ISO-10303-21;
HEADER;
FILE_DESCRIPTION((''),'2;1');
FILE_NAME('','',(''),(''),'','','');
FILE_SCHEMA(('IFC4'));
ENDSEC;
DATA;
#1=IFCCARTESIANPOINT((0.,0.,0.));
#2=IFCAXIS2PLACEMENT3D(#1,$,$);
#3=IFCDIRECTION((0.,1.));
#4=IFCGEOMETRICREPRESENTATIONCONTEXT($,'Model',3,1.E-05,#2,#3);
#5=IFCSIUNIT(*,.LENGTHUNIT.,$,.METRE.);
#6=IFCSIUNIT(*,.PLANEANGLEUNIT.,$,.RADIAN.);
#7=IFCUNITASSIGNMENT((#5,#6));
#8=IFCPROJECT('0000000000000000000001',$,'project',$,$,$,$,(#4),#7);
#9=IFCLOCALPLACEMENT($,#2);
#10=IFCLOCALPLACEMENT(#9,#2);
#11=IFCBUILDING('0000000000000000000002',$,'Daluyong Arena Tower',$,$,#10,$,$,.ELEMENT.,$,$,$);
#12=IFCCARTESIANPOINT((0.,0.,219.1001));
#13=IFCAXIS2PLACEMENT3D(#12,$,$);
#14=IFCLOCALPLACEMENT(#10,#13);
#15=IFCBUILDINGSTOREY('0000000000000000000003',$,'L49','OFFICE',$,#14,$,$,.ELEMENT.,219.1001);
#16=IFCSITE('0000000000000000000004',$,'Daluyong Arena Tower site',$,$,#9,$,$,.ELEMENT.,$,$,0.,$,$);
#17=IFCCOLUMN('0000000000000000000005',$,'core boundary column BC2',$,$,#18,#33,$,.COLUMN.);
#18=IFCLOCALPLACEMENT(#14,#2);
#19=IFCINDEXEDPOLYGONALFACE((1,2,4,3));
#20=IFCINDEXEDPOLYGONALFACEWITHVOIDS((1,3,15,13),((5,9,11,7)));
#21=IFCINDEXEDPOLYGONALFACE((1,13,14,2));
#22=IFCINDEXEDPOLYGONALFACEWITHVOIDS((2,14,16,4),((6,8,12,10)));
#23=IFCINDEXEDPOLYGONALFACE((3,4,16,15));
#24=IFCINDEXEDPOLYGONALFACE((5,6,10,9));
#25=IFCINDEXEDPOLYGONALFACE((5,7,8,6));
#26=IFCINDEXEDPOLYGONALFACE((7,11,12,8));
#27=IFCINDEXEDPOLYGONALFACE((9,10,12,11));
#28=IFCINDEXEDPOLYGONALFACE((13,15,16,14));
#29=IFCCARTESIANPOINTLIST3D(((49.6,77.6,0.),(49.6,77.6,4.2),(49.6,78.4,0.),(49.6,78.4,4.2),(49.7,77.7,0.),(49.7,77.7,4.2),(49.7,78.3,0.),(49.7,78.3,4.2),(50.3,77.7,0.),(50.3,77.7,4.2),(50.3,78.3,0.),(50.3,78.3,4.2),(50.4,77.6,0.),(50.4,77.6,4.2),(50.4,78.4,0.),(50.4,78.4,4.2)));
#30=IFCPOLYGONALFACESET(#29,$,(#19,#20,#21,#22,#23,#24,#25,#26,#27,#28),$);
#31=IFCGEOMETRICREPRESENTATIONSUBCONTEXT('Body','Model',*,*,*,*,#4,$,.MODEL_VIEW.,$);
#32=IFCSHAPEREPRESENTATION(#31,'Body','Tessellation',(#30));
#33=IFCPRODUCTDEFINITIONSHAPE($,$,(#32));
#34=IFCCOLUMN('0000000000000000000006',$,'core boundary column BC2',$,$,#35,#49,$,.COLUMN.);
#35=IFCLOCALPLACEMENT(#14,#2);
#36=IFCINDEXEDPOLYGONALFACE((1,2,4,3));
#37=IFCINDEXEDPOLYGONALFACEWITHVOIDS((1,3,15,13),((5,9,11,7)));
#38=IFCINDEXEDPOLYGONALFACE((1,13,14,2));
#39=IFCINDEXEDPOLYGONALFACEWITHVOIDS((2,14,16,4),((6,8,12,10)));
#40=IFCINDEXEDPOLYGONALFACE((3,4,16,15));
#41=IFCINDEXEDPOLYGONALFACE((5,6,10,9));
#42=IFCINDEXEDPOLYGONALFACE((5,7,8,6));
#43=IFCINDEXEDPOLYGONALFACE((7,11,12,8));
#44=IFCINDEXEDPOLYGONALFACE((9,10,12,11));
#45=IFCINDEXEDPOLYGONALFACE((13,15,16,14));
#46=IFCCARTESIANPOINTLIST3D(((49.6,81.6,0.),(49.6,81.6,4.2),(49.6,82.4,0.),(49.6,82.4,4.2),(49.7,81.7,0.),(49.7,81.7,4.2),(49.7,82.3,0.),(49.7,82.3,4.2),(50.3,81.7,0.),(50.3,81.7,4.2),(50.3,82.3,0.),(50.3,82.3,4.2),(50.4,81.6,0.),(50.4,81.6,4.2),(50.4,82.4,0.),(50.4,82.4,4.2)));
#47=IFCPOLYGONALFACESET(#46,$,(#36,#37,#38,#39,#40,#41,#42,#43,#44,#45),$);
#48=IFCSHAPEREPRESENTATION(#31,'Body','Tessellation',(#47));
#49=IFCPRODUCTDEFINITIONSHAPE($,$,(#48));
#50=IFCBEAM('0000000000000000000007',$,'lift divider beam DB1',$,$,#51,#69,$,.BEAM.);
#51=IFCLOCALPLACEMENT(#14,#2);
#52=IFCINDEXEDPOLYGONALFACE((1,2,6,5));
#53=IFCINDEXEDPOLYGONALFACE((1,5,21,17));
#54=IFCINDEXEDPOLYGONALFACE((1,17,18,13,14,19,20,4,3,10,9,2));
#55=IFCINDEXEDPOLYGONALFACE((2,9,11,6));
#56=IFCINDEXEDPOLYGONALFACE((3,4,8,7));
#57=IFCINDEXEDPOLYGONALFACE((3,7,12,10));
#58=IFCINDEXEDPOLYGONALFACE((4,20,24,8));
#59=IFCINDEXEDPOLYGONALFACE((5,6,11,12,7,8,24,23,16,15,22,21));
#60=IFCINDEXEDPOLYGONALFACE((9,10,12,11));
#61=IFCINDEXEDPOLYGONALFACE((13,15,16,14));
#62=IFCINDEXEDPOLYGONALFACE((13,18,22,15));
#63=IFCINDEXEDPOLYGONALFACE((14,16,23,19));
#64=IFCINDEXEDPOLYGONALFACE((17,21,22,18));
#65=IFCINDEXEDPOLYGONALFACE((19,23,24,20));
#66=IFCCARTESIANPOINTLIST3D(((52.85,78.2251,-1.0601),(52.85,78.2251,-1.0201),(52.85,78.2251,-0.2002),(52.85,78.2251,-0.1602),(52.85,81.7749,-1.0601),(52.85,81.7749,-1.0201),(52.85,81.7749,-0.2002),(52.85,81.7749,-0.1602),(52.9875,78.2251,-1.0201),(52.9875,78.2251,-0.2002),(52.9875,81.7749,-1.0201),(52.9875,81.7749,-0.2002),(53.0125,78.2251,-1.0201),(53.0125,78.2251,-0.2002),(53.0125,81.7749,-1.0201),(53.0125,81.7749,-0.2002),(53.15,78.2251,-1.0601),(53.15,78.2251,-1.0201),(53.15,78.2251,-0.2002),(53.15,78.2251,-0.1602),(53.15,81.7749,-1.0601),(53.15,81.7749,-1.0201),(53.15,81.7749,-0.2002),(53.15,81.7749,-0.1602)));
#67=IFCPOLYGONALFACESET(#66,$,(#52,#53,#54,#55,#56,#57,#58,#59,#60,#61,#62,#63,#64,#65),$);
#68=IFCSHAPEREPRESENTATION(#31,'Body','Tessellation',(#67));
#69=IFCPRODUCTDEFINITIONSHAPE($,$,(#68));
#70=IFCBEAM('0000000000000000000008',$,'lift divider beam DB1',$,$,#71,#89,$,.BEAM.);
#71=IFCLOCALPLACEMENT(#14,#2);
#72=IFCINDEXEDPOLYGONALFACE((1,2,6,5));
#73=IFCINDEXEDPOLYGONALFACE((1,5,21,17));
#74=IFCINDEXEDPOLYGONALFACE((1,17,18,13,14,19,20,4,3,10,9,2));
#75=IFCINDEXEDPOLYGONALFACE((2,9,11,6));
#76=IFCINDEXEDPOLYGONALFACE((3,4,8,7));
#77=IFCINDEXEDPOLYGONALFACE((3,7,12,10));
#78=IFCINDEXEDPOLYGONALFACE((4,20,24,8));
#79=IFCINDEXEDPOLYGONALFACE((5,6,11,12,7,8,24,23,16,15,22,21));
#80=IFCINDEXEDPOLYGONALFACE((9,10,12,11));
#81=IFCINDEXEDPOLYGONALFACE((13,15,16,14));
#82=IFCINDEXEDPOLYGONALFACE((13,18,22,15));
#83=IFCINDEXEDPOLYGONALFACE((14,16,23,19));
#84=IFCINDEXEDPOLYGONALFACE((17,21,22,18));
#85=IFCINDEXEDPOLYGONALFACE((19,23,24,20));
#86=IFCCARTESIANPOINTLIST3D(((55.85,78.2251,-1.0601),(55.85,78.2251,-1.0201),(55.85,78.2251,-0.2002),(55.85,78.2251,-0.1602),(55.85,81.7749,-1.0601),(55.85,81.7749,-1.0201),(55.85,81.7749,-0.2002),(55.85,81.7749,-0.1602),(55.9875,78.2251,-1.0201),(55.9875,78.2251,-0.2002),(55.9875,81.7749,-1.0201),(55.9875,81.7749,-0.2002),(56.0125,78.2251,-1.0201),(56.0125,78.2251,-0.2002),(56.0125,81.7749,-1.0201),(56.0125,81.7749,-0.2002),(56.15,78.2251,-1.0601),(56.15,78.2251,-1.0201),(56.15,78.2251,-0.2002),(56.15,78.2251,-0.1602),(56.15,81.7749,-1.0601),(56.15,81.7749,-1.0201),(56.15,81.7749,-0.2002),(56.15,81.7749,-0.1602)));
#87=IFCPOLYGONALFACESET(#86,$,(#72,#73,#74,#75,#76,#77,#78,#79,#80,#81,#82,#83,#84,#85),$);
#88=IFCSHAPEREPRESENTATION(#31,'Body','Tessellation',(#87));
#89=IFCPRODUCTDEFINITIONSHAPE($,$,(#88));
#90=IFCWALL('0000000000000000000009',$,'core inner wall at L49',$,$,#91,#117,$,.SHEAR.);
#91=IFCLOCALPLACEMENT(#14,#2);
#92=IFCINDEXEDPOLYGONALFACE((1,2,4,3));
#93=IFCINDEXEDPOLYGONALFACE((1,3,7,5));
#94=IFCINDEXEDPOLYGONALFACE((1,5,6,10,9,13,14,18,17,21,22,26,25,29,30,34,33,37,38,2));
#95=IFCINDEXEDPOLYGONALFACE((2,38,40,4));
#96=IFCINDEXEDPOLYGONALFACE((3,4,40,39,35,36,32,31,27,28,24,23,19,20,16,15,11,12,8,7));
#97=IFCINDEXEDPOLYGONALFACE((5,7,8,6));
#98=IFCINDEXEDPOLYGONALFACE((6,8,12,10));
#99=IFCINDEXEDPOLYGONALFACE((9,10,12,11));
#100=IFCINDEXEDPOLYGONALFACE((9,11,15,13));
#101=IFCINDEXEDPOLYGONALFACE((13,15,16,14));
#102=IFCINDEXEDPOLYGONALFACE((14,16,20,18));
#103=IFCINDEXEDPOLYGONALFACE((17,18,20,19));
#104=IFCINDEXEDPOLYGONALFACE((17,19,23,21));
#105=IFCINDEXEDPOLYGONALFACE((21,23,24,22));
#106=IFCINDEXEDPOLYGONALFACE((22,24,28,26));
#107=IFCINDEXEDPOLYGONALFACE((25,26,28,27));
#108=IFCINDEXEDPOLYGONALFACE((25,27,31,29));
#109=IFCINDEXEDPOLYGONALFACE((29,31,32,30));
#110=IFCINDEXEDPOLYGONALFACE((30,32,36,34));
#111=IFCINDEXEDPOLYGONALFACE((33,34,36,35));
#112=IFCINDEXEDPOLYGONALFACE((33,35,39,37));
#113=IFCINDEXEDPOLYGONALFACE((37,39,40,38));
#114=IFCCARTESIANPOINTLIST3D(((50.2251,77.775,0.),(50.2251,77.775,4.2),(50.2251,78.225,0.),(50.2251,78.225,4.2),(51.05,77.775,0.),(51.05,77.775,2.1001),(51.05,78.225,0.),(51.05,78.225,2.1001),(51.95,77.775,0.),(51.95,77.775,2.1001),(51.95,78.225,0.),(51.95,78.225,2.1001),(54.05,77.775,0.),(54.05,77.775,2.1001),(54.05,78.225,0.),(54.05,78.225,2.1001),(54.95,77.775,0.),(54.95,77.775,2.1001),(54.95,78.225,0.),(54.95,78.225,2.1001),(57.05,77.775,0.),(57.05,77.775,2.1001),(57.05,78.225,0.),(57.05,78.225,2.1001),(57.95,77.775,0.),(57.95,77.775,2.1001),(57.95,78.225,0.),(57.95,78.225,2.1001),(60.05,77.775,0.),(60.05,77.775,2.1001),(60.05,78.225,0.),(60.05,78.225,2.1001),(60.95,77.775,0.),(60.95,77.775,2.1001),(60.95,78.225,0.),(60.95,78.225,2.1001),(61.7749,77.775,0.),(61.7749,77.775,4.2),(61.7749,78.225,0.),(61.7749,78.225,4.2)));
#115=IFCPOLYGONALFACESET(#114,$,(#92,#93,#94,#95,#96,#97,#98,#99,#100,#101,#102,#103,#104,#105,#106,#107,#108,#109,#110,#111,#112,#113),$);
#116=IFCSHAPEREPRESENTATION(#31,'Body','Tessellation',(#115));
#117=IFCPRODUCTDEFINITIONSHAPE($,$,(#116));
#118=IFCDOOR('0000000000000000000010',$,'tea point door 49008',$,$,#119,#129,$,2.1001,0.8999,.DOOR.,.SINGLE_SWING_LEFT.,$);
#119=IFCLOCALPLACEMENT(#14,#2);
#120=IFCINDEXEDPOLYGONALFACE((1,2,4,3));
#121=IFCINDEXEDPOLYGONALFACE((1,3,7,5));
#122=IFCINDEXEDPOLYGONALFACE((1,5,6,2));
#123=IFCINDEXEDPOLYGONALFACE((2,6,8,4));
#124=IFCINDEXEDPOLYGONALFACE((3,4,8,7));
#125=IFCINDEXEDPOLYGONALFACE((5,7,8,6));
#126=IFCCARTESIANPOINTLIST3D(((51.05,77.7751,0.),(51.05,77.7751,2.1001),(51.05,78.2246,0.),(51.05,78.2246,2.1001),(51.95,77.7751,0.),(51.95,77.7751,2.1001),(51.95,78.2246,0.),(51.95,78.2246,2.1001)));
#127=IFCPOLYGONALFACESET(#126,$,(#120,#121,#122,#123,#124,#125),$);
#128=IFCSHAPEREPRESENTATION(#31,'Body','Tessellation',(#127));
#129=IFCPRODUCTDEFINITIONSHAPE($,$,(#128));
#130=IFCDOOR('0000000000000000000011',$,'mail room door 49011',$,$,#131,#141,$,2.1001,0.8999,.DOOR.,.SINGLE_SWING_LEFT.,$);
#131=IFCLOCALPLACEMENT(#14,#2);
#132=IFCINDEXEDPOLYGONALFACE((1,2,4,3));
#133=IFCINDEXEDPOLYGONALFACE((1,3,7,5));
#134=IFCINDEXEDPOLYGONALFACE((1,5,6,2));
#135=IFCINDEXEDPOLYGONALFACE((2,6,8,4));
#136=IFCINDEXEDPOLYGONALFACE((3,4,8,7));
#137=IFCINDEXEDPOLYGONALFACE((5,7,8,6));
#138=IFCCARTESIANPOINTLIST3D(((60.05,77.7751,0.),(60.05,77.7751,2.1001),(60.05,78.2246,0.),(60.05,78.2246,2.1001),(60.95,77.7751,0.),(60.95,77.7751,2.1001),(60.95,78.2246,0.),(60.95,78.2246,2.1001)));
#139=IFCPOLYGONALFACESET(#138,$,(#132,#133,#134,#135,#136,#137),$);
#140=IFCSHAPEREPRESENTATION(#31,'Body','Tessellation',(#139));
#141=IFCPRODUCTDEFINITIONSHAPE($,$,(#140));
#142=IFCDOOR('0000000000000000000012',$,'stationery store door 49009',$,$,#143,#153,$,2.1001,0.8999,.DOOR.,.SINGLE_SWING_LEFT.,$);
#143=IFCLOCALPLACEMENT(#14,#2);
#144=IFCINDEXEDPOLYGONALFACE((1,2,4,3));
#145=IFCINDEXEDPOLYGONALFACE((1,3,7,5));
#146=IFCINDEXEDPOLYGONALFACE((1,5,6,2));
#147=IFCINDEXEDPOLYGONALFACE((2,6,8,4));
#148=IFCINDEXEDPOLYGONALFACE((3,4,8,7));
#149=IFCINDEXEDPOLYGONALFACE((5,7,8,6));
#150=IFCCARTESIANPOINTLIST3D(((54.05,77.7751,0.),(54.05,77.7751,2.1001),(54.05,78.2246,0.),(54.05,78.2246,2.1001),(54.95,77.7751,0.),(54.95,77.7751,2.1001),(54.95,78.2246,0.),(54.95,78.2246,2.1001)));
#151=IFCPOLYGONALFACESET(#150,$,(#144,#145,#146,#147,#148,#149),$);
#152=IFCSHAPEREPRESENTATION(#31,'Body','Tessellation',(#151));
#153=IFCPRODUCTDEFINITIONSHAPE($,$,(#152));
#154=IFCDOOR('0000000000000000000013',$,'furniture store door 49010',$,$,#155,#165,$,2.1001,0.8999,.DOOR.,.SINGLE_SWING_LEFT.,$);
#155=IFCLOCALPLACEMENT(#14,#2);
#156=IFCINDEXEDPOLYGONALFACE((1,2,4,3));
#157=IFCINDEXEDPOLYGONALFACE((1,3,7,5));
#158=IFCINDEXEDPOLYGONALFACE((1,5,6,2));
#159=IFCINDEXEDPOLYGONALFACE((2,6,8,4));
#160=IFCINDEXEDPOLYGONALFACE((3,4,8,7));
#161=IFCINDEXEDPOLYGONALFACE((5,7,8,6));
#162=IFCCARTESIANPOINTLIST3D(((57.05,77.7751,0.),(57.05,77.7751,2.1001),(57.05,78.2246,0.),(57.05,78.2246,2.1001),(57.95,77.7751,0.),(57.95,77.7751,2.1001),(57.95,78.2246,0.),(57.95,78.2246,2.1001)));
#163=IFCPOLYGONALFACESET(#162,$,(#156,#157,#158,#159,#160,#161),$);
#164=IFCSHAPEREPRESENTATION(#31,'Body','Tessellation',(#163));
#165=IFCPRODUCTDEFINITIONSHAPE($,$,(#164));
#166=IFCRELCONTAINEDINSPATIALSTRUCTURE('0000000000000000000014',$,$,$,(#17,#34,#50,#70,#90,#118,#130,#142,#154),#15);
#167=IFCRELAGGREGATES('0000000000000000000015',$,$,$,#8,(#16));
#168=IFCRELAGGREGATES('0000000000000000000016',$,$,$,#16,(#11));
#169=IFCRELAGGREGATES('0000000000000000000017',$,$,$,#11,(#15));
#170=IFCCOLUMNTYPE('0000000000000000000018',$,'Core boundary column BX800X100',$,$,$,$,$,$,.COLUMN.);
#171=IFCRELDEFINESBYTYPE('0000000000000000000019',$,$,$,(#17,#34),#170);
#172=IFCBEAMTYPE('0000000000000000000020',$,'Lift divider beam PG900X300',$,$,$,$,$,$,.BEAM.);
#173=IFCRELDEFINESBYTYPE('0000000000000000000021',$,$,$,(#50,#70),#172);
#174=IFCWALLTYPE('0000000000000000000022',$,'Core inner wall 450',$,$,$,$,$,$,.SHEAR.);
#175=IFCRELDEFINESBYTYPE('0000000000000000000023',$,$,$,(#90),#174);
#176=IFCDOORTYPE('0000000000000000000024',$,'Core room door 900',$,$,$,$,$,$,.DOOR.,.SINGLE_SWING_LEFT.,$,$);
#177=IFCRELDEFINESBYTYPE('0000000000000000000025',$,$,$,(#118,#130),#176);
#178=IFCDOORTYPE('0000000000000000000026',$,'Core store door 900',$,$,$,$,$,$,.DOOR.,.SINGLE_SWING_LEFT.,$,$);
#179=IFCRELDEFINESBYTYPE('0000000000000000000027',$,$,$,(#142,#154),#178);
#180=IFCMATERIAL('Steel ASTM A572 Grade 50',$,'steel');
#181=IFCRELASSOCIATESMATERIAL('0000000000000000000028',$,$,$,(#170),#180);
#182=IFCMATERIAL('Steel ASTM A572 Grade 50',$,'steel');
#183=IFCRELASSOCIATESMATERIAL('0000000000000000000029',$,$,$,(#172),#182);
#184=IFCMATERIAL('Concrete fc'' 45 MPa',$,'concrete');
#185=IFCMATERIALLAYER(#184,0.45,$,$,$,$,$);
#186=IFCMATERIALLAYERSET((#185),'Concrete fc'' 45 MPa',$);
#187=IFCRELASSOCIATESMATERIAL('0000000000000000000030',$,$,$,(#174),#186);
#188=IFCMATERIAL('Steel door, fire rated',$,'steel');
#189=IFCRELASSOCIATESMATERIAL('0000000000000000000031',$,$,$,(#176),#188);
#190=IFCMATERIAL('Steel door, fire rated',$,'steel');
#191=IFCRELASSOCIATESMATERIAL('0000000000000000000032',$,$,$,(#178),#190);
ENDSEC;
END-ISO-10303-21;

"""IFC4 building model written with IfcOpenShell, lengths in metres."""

from ifc_helpers import new_model, si_unit, direction, frame, frame_2d, origin, origin_2d, place, context, subcontext, project, spatial, rectangle, hollow_rectangle, i_section, extrude, material, layer, layer_set, material_profile, profile_set, type_object, element, fill, save


model = new_model("IFC4")

# Units and contexts
model_context = context("Model", 3, precision=1e-05, world=origin(), true_north=direction((0.0, 1.0)))
body_context = subcontext(model_context, "Body", "Model", "MODEL_VIEW")
ifc_project = project(units=[si_unit("LENGTHUNIT", "METRE"), si_unit("PLANEANGLEUNIT", "RADIAN")], contexts=[model_context])

# Site, building, storey
site_placement = place(None, origin())
site = spatial("IfcSite", under=ifc_project, at=site_placement, Name="Daluyong Arena Tower site", CompositionType="ELEMENT", RefElevation=0.0)
building_placement = place(site_placement, origin())
building = spatial("IfcBuilding", under=site, at=building_placement, Name="Daluyong Arena Tower", CompositionType="ELEMENT")
storey_placement = place(building_placement, frame((0.0, 0.0, 219.1001)))
storey = spatial("IfcBuildingStorey", under=building, at=storey_placement, Name="L49", Description="OFFICE", CompositionType="ELEMENT", Elevation=219.1001)

# Columns
ifc_material_1 = material(Name="Steel ASTM A572 Grade 50", Category="steel")
ifc_material_profile_1 = material_profile(ifc_material_1, hollow_rectangle(XDim=0.8, YDim=0.8, WallThickness=0.1, at=origin_2d()))
ifc_profile_set_1 = profile_set([ifc_material_profile_1], Name="Steel ASTM A572 Grade 50")
column_type = type_object("IfcColumnType", Name="Core boundary column BX800X100", PredefinedType="COLUMN", material=ifc_profile_set_1)
for number, where, z_axis, x_axis, name in (
    (1, (50.0, 78.0, 0.0), (0.0, 0.0, 1.0), (1.0, 0.0, 0.0), "core boundary column BC2"),
    (2, (50.0, 82.0, 0.0), (0.0, 0.0, 1.0), (1.0, 0.0, 0.0), "core boundary column BC2"),
):
    element("IfcColumn", number, at=place(storey_placement, frame(where, z_axis=z_axis, x_axis=x_axis)), inside=storey, type_object=column_type, Name=name, PredefinedType="COLUMN", context=body_context, shape_type="SweptSolid", body=[
        extrude(hollow_rectangle(XDim=0.8, YDim=0.8, WallThickness=0.1, at=origin_2d()), origin(), (0.0, 0.0, 1.0), 4.2),
    ])

# Beams
ifc_material_2 = material(Name="Steel ASTM A572 Grade 50", Category="steel")
ifc_material_profile_2 = material_profile(ifc_material_2, i_section(OverallWidth=0.3, OverallDepth=0.8999, WebThickness=0.025, FlangeThickness=0.04, at=origin_2d()))
ifc_profile_set_2 = profile_set([ifc_material_profile_2], Name="Steel ASTM A572 Grade 50")
beam_type = type_object("IfcBeamType", Name="Lift divider beam PG900X300", PredefinedType="BEAM", material=ifc_profile_set_2)
for number, where, z_axis, x_axis, name in (
    (3, (53.0, 78.2251, -0.6101), (0.0, 1.0, 0.0), (-1.0, 0.0, 0.0), "lift divider beam DB1"),
    (4, (56.0, 78.2251, -0.6101), (0.0, 1.0, 0.0), (-1.0, 0.0, 0.0), "lift divider beam DB1"),
):
    element("IfcBeam", number, at=place(storey_placement, frame(where, z_axis=z_axis, x_axis=x_axis)), inside=storey, type_object=beam_type, Name=name, PredefinedType="BEAM", context=body_context, shape_type="SweptSolid", body=[
        extrude(i_section(OverallWidth=0.3, OverallDepth=0.8999, WebThickness=0.025, FlangeThickness=0.04, at=origin_2d()), origin(), (0.0, 0.0, 1.0), 3.5498),
    ])

# Wall, openings, doors
ifc_material_3 = material(Name="Concrete fc' 45 MPa", Category="concrete")
ifc_layer_1 = layer(ifc_material_3, 0.45)
ifc_layer_set_1 = layer_set([ifc_layer_1], Name="Concrete fc' 45 MPa")
wall_type_1 = type_object("IfcWallType", Name="Core inner wall 450", PredefinedType="SHEAR", material=ifc_layer_set_1)
wall_1_placement = place(storey_placement, frame((50.2251, 78.0, 0.0), z_axis=(0.0, 0.0, 1.0), x_axis=(1.0, 0.0, 0.0)))
wall_1 = element("IfcWall", 5, at=wall_1_placement, inside=storey, type_object=wall_type_1, Name="core inner wall at L49", PredefinedType="SHEAR", context=body_context, shape_type="SweptSolid", body=[
    extrude(rectangle(XDim=11.5498, YDim=0.45, at=frame_2d((5.7749, 0.0))), origin(), (0.0, 0.0, 1.0), 4.2),
])
opening_1_placement = place(wall_1_placement, frame((0.825, 0.0, 0.0)))
opening_1 = element("IfcOpeningElement", 6, at=opening_1_placement, cuts=wall_1, PredefinedType="OPENING", context=body_context, shape_type="SweptSolid", body=[
    extrude(rectangle(XDim=0.8999, YDim=2.1001, at=frame_2d((0.45, 1.05))), frame((0.0, 0.2349, 0.0), z_axis=(0.0, -1.0, 0.0), x_axis=(1.0, 0.0, 0.0)), (0.0, 0.0, 1.0), 0.47),
])
opening_2_placement = place(wall_1_placement, frame((3.825, 0.0, 0.0)))
opening_2 = element("IfcOpeningElement", 7, at=opening_2_placement, cuts=wall_1, PredefinedType="OPENING", context=body_context, shape_type="SweptSolid", body=[
    extrude(rectangle(XDim=0.8999, YDim=2.1001, at=frame_2d((0.45, 1.05))), frame((0.0, 0.2349, 0.0), z_axis=(0.0, -1.0, 0.0), x_axis=(1.0, 0.0, 0.0)), (0.0, 0.0, 1.0), 0.47),
])
opening_3_placement = place(wall_1_placement, frame((6.825, 0.0, 0.0)))
opening_3 = element("IfcOpeningElement", 8, at=opening_3_placement, cuts=wall_1, PredefinedType="OPENING", context=body_context, shape_type="SweptSolid", body=[
    extrude(rectangle(XDim=0.8999, YDim=2.1001, at=frame_2d((0.45, 1.05))), frame((0.0, 0.2349, 0.0), z_axis=(0.0, -1.0, 0.0), x_axis=(1.0, 0.0, 0.0)), (0.0, 0.0, 1.0), 0.47),
])
opening_4_placement = place(wall_1_placement, frame((9.825, 0.0, 0.0)))
opening_4 = element("IfcOpeningElement", 9, at=opening_4_placement, cuts=wall_1, PredefinedType="OPENING", context=body_context, shape_type="SweptSolid", body=[
    extrude(rectangle(XDim=0.8999, YDim=2.1001, at=frame_2d((0.45, 1.05))), frame((0.0, 0.2349, 0.0), z_axis=(0.0, -1.0, 0.0), x_axis=(1.0, 0.0, 0.0)), (0.0, 0.0, 1.0), 0.47),
])
ifc_material_4 = material(Name="Steel door, fire rated", Category="steel")
door_type_1 = type_object("IfcDoorType", Name="Core room door 900", OperationType="SINGLE_SWING_LEFT", PredefinedType="DOOR", material=ifc_material_4)
door_1_placement = place(opening_1_placement, origin())
door_1 = element("IfcDoor", 10, at=door_1_placement, inside=storey, type_object=door_type_1, Name="tea point door 49008", OperationType="SINGLE_SWING_LEFT", OverallHeight=2.1001, OverallWidth=0.8999, PredefinedType="DOOR", context=body_context, shape_type="SweptSolid", body=[
    extrude(rectangle(XDim=0.8999, YDim=2.1001, at=frame_2d((0.45, 1.05))), frame((0.0, 0.2246, 0.0), z_axis=(0.0, -1.0, 0.0), x_axis=(1.0, 0.0, 0.0)), (0.0, 0.0, 1.0), 0.4495),
])
fill(opening_1, door_1)
door_2_placement = place(opening_4_placement, origin())
door_2 = element("IfcDoor", 11, at=door_2_placement, inside=storey, type_object=door_type_1, Name="mail room door 49011", OperationType="SINGLE_SWING_LEFT", OverallHeight=2.1001, OverallWidth=0.8999, PredefinedType="DOOR", context=body_context, shape_type="SweptSolid", body=[
    extrude(rectangle(XDim=0.8999, YDim=2.1001, at=frame_2d((0.45, 1.05))), frame((0.0, 0.2246, 0.0), z_axis=(0.0, -1.0, 0.0), x_axis=(1.0, 0.0, 0.0)), (0.0, 0.0, 1.0), 0.4495),
])
fill(opening_4, door_2)
ifc_material_5 = material(Name="Steel door, fire rated", Category="steel")
door_type_2 = type_object("IfcDoorType", Name="Core store door 900", OperationType="SINGLE_SWING_LEFT", PredefinedType="DOOR", material=ifc_material_5)
door_3_placement = place(opening_2_placement, origin())
door_3 = element("IfcDoor", 12, at=door_3_placement, inside=storey, type_object=door_type_2, Name="stationery store door 49009", OperationType="SINGLE_SWING_LEFT", OverallHeight=2.1001, OverallWidth=0.8999, PredefinedType="DOOR", context=body_context, shape_type="SweptSolid", body=[
    extrude(rectangle(XDim=0.8999, YDim=2.1001, at=frame_2d((0.45, 1.05))), frame((0.0, 0.2246, 0.0), z_axis=(0.0, -1.0, 0.0), x_axis=(1.0, 0.0, 0.0)), (0.0, 0.0, 1.0), 0.4495),
])
fill(opening_2, door_3)
door_4_placement = place(opening_3_placement, origin())
door_4 = element("IfcDoor", 13, at=door_4_placement, inside=storey, type_object=door_type_2, Name="furniture store door 49010", OperationType="SINGLE_SWING_LEFT", OverallHeight=2.1001, OverallWidth=0.8999, PredefinedType="DOOR", context=body_context, shape_type="SweptSolid", body=[
    extrude(rectangle(XDim=0.8999, YDim=2.1001, at=frame_2d((0.45, 1.05))), frame((0.0, 0.2246, 0.0), z_axis=(0.0, -1.0, 0.0), x_axis=(1.0, 0.0, 0.0)), (0.0, 0.0, 1.0), 0.4495),
])
fill(opening_3, door_4)

save(model, "model.ifc")
